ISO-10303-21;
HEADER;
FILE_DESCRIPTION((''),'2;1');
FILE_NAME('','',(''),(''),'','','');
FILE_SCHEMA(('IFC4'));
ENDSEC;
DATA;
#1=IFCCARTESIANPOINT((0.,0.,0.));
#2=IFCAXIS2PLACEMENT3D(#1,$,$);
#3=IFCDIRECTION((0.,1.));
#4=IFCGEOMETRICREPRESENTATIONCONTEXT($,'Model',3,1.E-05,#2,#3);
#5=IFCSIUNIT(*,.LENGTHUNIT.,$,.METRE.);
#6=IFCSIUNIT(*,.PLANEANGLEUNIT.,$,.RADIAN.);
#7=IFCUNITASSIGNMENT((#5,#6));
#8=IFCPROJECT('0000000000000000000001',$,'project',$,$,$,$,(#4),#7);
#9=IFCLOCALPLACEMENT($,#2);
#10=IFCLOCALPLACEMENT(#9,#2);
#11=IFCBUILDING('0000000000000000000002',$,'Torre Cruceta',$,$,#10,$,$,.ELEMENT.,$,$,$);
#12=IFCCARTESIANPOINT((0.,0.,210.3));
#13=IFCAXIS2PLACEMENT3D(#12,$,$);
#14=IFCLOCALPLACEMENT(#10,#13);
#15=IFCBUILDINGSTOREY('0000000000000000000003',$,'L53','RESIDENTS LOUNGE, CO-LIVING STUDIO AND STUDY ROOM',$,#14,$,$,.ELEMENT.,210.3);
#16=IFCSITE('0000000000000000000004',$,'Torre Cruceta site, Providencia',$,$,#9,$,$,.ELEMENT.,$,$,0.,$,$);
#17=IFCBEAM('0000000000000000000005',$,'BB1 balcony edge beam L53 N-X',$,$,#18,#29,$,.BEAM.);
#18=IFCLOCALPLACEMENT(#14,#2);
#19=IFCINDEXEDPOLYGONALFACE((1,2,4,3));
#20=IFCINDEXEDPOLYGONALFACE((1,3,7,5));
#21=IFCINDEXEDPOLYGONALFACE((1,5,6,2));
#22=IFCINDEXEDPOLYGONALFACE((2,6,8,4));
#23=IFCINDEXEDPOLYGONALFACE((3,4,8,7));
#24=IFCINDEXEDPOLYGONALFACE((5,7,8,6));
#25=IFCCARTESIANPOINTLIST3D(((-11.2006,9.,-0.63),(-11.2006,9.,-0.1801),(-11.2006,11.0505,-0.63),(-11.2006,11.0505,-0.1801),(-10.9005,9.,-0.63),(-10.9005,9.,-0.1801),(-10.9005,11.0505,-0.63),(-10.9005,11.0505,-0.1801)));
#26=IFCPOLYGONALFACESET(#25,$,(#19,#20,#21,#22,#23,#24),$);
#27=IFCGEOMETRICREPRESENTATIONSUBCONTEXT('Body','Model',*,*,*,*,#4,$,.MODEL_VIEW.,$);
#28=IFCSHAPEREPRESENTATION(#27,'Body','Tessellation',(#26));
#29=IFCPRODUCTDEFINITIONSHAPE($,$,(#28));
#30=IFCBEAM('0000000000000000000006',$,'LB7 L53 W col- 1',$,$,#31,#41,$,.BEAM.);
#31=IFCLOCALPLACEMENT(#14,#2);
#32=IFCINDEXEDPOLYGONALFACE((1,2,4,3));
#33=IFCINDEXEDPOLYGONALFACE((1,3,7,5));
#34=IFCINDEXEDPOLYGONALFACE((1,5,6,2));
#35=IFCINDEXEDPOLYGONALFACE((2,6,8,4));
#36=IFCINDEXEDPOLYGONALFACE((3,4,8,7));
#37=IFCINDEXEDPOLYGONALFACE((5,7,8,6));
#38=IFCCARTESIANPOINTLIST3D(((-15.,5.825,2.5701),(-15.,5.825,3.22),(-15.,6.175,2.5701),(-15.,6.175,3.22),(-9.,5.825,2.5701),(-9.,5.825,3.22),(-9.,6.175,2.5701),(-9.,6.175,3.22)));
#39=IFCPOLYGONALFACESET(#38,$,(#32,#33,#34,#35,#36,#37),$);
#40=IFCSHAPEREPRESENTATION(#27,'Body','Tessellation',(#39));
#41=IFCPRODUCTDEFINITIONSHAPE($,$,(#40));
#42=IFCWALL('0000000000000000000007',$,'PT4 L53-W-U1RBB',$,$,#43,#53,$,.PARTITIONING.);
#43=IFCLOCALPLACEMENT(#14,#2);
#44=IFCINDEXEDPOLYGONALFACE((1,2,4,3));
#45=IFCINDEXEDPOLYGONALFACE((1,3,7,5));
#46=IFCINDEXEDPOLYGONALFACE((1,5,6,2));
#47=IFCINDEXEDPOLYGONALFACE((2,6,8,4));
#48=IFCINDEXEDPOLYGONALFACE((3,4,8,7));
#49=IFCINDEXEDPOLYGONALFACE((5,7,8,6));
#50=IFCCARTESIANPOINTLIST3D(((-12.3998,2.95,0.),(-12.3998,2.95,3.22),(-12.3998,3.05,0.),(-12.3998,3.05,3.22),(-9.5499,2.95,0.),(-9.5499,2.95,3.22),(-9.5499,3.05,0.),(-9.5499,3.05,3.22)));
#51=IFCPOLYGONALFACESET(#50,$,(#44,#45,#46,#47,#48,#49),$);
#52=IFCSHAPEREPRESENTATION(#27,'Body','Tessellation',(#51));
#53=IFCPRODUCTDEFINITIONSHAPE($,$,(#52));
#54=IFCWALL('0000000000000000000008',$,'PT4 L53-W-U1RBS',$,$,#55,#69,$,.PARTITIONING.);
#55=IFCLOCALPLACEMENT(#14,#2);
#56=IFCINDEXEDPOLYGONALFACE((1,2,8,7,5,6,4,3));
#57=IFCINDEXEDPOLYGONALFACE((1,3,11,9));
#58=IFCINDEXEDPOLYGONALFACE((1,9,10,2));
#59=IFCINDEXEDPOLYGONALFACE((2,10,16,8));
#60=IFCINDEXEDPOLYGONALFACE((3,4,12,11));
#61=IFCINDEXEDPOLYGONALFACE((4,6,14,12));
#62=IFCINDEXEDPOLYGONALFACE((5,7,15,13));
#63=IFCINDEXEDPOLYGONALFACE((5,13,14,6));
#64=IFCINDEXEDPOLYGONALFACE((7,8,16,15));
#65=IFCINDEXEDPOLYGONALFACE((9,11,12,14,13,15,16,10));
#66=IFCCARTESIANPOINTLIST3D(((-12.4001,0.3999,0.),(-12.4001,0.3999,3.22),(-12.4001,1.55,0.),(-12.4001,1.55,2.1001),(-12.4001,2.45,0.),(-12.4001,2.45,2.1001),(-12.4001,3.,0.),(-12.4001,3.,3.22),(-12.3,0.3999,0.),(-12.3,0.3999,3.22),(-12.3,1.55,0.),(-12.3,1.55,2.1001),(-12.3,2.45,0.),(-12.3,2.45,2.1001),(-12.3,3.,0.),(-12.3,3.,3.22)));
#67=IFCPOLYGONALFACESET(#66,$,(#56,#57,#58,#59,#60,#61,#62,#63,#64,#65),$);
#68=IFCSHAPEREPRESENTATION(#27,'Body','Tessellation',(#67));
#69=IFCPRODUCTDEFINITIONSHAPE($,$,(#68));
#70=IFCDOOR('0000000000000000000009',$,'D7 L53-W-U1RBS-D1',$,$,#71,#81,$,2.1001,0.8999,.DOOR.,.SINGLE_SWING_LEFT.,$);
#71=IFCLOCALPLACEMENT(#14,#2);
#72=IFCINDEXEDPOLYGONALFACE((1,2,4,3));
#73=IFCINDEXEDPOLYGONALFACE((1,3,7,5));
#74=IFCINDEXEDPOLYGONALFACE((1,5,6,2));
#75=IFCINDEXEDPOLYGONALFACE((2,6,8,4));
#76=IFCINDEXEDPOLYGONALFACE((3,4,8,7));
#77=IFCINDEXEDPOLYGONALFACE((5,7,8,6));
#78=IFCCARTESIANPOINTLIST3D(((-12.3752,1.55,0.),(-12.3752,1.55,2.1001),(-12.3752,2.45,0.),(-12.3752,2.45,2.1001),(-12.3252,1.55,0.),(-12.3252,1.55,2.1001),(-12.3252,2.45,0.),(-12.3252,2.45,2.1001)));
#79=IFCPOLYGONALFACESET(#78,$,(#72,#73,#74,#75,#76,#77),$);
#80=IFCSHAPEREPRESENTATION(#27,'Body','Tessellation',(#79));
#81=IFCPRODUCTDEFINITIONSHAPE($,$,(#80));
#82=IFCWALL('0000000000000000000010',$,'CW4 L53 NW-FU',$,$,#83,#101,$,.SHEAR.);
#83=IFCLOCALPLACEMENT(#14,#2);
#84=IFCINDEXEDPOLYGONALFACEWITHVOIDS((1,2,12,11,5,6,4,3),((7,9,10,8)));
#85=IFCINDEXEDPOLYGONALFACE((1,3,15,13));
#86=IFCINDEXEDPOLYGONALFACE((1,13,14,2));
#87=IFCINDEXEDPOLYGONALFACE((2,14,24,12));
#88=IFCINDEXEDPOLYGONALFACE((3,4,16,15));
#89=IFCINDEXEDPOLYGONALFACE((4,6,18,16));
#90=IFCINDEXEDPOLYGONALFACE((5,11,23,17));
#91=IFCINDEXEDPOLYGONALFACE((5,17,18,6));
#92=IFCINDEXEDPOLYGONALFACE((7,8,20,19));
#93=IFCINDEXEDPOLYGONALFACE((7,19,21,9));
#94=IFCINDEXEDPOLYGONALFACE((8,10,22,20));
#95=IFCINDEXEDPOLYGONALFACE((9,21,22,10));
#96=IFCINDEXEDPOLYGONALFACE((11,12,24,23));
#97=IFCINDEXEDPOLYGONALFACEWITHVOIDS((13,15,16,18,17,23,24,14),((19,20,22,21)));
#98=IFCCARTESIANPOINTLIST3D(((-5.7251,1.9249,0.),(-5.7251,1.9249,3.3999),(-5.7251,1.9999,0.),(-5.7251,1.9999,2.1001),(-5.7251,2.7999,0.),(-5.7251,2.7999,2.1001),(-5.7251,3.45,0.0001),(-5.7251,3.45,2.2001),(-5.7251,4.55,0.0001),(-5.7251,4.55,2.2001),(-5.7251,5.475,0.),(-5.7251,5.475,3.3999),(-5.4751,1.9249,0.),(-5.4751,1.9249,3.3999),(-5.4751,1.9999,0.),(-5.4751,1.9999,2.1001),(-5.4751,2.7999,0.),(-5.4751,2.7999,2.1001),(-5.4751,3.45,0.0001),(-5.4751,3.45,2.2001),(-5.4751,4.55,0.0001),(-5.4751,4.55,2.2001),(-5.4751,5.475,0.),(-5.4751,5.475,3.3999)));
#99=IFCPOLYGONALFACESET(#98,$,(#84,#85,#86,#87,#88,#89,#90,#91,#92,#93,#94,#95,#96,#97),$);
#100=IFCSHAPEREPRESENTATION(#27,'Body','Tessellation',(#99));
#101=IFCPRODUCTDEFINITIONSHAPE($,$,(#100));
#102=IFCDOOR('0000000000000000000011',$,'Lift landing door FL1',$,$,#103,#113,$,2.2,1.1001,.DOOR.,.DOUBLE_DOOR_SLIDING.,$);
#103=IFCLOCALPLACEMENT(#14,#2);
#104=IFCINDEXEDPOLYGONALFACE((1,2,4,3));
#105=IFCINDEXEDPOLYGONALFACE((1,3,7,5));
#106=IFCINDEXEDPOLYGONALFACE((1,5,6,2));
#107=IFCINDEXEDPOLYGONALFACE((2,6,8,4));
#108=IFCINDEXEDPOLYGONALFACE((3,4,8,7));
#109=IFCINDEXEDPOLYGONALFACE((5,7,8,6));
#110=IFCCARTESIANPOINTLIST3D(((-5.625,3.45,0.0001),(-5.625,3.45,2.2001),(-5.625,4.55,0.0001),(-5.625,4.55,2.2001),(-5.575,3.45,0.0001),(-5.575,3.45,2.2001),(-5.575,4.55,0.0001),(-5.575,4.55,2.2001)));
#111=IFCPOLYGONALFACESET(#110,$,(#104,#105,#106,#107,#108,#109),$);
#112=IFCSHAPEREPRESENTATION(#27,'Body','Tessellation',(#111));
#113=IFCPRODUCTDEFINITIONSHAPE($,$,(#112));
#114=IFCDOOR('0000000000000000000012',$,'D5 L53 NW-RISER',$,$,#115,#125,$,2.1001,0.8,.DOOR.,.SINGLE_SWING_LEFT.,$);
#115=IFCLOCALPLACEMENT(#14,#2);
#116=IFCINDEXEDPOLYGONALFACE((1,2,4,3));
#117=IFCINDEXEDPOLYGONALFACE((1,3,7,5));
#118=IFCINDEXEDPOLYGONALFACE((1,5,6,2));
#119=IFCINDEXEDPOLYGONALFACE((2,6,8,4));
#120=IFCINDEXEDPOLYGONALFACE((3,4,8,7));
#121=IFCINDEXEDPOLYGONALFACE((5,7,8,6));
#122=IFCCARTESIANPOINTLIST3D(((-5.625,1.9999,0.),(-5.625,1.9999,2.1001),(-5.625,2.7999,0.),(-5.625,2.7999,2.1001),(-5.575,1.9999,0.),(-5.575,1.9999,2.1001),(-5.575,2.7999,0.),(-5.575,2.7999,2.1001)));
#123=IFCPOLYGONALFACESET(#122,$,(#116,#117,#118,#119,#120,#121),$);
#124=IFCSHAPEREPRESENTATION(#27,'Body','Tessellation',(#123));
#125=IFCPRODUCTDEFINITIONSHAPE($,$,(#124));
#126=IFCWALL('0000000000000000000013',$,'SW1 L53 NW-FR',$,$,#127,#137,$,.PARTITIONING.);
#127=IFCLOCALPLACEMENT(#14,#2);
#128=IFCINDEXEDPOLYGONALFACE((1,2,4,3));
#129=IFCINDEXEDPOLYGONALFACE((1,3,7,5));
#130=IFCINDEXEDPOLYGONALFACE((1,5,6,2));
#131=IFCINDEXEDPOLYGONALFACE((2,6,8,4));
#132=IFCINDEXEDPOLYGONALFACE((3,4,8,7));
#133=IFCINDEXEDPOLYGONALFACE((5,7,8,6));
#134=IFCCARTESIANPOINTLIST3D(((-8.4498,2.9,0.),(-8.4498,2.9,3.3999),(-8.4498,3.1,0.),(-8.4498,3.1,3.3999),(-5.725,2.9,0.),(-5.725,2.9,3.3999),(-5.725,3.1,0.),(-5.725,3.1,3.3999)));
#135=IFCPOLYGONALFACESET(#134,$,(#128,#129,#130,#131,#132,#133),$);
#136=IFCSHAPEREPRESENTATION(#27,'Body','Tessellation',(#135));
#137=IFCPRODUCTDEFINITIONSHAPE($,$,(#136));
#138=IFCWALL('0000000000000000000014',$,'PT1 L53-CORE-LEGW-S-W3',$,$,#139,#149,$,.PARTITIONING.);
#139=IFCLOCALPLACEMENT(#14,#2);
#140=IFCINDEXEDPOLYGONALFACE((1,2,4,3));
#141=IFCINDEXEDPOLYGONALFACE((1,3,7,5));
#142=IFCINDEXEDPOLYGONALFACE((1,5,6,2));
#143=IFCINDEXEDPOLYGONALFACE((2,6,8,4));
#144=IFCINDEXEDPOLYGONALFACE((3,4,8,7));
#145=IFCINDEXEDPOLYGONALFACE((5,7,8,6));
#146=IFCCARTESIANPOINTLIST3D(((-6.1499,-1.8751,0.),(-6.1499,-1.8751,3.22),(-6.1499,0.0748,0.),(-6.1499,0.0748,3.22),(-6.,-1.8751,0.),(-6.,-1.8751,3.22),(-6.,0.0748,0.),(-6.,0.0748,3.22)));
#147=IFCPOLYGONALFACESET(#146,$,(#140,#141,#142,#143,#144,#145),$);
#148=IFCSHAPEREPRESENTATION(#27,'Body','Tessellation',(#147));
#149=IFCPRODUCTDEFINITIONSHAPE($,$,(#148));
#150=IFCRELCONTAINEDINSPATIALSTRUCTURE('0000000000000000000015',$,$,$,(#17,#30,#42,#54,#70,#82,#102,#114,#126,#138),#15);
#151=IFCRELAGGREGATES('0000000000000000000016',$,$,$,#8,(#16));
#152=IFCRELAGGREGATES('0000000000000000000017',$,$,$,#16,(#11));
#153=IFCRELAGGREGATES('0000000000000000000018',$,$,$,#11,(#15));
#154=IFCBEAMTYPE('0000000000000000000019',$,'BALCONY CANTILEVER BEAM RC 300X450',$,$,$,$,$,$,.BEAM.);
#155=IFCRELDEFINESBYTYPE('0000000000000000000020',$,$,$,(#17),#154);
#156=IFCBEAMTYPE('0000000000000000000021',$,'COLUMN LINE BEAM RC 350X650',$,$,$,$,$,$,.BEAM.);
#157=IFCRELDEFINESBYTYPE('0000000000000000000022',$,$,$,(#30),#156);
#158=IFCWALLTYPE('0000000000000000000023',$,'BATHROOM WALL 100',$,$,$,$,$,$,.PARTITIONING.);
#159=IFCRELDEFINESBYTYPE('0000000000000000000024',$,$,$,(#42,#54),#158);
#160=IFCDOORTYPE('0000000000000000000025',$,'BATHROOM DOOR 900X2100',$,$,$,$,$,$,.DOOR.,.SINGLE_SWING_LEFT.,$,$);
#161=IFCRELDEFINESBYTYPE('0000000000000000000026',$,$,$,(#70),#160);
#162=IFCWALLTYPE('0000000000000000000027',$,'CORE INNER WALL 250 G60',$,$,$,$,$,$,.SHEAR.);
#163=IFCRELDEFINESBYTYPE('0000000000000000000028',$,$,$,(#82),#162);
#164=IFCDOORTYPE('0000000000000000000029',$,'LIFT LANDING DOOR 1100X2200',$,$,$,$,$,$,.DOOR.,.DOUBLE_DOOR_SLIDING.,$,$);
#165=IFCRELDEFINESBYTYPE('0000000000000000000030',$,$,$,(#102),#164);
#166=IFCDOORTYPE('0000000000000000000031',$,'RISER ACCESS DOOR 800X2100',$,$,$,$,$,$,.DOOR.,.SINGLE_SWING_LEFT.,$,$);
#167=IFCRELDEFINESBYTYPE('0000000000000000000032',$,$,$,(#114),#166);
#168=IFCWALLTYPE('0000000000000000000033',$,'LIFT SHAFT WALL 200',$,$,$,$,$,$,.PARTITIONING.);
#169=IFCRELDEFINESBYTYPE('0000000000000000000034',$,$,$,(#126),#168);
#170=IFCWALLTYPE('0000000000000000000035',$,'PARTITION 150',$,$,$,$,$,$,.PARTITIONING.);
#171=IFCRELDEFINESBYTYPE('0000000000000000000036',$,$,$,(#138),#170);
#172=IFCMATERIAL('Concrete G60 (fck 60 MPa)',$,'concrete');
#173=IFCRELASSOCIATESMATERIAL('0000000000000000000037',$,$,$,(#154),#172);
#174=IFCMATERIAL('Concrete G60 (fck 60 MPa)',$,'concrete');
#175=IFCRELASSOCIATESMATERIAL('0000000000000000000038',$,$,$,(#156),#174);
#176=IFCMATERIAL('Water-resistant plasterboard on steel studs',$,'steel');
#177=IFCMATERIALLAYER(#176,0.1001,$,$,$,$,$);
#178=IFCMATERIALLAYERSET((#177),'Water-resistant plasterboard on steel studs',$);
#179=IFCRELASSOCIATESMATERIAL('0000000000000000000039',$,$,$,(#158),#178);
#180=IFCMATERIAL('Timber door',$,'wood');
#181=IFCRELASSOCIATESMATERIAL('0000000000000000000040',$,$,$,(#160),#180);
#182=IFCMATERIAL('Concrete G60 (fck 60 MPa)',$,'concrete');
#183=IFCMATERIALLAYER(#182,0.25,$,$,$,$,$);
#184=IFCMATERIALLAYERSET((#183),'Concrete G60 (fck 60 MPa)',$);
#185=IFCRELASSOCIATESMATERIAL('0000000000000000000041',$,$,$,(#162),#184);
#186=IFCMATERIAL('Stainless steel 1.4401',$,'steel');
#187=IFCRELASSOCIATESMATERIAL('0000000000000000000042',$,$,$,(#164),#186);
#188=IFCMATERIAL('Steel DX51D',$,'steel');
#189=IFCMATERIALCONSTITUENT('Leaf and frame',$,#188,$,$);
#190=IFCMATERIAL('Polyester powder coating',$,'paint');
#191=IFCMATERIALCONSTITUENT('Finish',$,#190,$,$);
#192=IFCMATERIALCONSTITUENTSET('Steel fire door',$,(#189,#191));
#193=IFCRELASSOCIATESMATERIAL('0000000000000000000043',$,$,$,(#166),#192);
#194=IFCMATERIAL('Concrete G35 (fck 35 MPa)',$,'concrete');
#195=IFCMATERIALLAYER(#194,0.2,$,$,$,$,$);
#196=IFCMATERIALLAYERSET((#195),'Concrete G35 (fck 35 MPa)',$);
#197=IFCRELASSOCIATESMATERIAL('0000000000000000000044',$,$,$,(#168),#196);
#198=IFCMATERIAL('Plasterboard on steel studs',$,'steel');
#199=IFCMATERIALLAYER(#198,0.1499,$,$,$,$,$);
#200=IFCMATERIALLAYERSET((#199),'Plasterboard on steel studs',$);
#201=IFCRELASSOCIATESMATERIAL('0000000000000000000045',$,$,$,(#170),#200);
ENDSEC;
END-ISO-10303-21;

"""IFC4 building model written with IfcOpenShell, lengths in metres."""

from ifc_helpers import new_model, si_unit, direction, frame, frame_2d, origin, origin_2d, place, context, subcontext, project, spatial, rectangle, extrude, material, layer, layer_set, constituent, constituent_set, material_profile, profile_set, type_object, element, fill, save


model = new_model("IFC4")

# Units and contexts
model_context = context("Model", 3, precision=1e-05, world=origin(), true_north=direction((0.0, 1.0)))
body_context = subcontext(model_context, "Body", "Model", "MODEL_VIEW")
ifc_project = project(units=[si_unit("LENGTHUNIT", "METRE"), si_unit("PLANEANGLEUNIT", "RADIAN")], contexts=[model_context])

# Site, building, storey
site_placement = place(None, origin())
site = spatial("IfcSite", under=ifc_project, at=site_placement, Name="Torre Cruceta site, Providencia", CompositionType="ELEMENT", RefElevation=0.0)
building_placement = place(site_placement, origin())
building = spatial("IfcBuilding", under=site, at=building_placement, Name="Torre Cruceta", CompositionType="ELEMENT")
storey_placement = place(building_placement, frame((0.0, 0.0, 210.3)))
storey = spatial("IfcBuildingStorey", under=building, at=storey_placement, Name="L53", Description="RESIDENTS LOUNGE, CO-LIVING STUDIO AND STUDY ROOM", CompositionType="ELEMENT", Elevation=210.3)

# Beams
ifc_material_1 = material(Name="Concrete G60 (fck 60 MPa)", Category="concrete")
ifc_material_profile_1 = material_profile(ifc_material_1, rectangle(XDim=0.3, YDim=0.45, at=origin_2d()), Name="RC 300X450")
ifc_profile_set_1 = profile_set([ifc_material_profile_1], Name="Concrete G60 (fck 60 MPa)")
beam_type_1 = type_object("IfcBeamType", Name="BALCONY CANTILEVER BEAM RC 300X450", PredefinedType="BEAM", material=ifc_profile_set_1)
beam_1_placement = place(storey_placement, frame((-11.0505, 9.0, -0.405), z_axis=(0.0, 1.0, 0.0), x_axis=(-1.0, 0.0, 0.0)))
element("IfcBeam", 1, at=beam_1_placement, inside=storey, type_object=beam_type_1, Name="BB1 balcony edge beam L53 N-X", PredefinedType="BEAM", context=body_context, shape_type="SweptSolid", body=[
    extrude(rectangle(XDim=0.3, YDim=0.45, at=origin_2d()), origin(), (0.0, 0.0, 1.0), 2.0505),
])
ifc_material_2 = material(Name="Concrete G60 (fck 60 MPa)", Category="concrete")
ifc_material_profile_2 = material_profile(ifc_material_2, rectangle(XDim=0.3501, YDim=0.6499, at=origin_2d()), Name="RC 350X650")
ifc_profile_set_2 = profile_set([ifc_material_profile_2], Name="Concrete G60 (fck 60 MPa)")
beam_type_2 = type_object("IfcBeamType", Name="COLUMN LINE BEAM RC 350X650", PredefinedType="BEAM", material=ifc_profile_set_2)
beam_2_placement = place(storey_placement, frame((-9.0, 6.0, 2.895), z_axis=(-1.0, 0.0, 0.0), x_axis=(0.0, -1.0, 0.0)))
element("IfcBeam", 2, at=beam_2_placement, inside=storey, type_object=beam_type_2, Name="LB7 L53 W col- 1", PredefinedType="BEAM", context=body_context, shape_type="SweptSolid", body=[
    extrude(rectangle(XDim=0.3501, YDim=0.6499, at=origin_2d()), origin(), (0.0, 0.0, 1.0), 6.0),
])

# Wall
ifc_material_3 = material(Name="Water-resistant plasterboard on steel studs", Category="steel")
ifc_layer_1 = layer(ifc_material_3, 0.1001)
ifc_layer_set_1 = layer_set([ifc_layer_1], Name="Water-resistant plasterboard on steel studs")
wall_type_1 = type_object("IfcWallType", Name="BATHROOM WALL 100", PredefinedType="PARTITIONING", material=ifc_layer_set_1)
wall_1_placement = place(storey_placement, frame((-9.55, 3.0, 0.0), z_axis=(0.0, 0.0, 1.0), x_axis=(-1.0, 0.0, 0.0)))
element("IfcWall", 3, at=wall_1_placement, inside=storey, type_object=wall_type_1, Name="PT4 L53-W-U1RBB", PredefinedType="PARTITIONING", context=body_context, shape_type="SweptSolid", body=[
    extrude(rectangle(XDim=2.8499, YDim=0.1001, at=frame_2d((1.4248, 0.0))), origin(), (0.0, 0.0, 1.0), 3.22),
])

# Wall, opening, door
wall_2_placement = place(storey_placement, frame((-12.3501, 3.0, 0.0), z_axis=(0.0, 0.0, 1.0), x_axis=(0.0, -1.0, 0.0)))
wall_2 = element("IfcWall", 4, at=wall_2_placement, inside=storey, type_object=wall_type_1, Name="PT4 L53-W-U1RBS", PredefinedType="PARTITIONING", context=body_context, shape_type="SweptSolid", body=[
    extrude(rectangle(XDim=2.6001, YDim=0.1001, at=frame_2d((1.3, 0.0))), origin(), (0.0, 0.0, 1.0), 3.22),
])
opening_1_placement = place(wall_2_placement, frame((0.55, 0.0, 0.0)))
opening_1 = element("IfcOpeningElement", 5, at=opening_1_placement, cuts=wall_2, PredefinedType="OPENING", context=body_context, shape_type="SweptSolid", body=[
    extrude(rectangle(XDim=0.8999, YDim=2.1001, at=frame_2d((0.45, 1.05))), frame((0.0, 0.0601, 0.0), z_axis=(0.0, -1.0, 0.0), x_axis=(1.0, 0.0, 0.0)), (0.0, 0.0, 1.0), 0.1201),
])
ifc_material_4 = material(Name="Timber door", Category="wood")
door_type_1 = type_object("IfcDoorType", Name="BATHROOM DOOR 900X2100", OperationType="SINGLE_SWING_LEFT", PredefinedType="DOOR", material=ifc_material_4)
door_1_placement = place(opening_1_placement, origin())
door_1 = element("IfcDoor", 6, at=door_1_placement, inside=storey, type_object=door_type_1, Name="D7 L53-W-U1RBS-D1", OperationType="SINGLE_SWING_LEFT", OverallHeight=2.1001, OverallWidth=0.8999, PredefinedType="DOOR", context=body_context, shape_type="SweptSolid", body=[
    extrude(rectangle(XDim=0.8999, YDim=2.1001, at=frame_2d((0.45, 1.05))), frame((0.0, 0.0249, 0.0), z_axis=(0.0, -1.0, 0.0), x_axis=(1.0, 0.0, 0.0)), (0.0, 0.0, 1.0), 0.05),
])
fill(opening_1, door_1)

# Wall, openings, doors
ifc_material_5 = material(Name="Concrete G60 (fck 60 MPa)", Category="concrete")
ifc_layer_2 = layer(ifc_material_5, 0.25)
ifc_layer_set_2 = layer_set([ifc_layer_2], Name="Concrete G60 (fck 60 MPa)")
wall_type_2 = type_object("IfcWallType", Name="CORE INNER WALL 250 G60", PredefinedType="SHEAR", material=ifc_layer_set_2)
wall_3_placement = place(storey_placement, frame((-5.6001, 1.925, 0.0), z_axis=(0.0, 0.0, 1.0), x_axis=(0.0, 1.0, 0.0)))
wall_3 = element("IfcWall", 7, at=wall_3_placement, inside=storey, type_object=wall_type_2, Name="CW4 L53 NW-FU", PredefinedType="SHEAR", context=body_context, shape_type="SweptSolid", body=[
    extrude(rectangle(XDim=3.55, YDim=0.25, at=frame_2d((1.7749, 0.0))), origin(), (0.0, 0.0, 1.0), 3.3999),
])
opening_2_placement = place(wall_3_placement, frame((1.5249, 0.0, 0.0)))
opening_2 = element("IfcOpeningElement", 8, at=opening_2_placement, cuts=wall_3, PredefinedType="OPENING", context=body_context, shape_type="SweptSolid", body=[
    extrude(rectangle(XDim=1.1001, YDim=2.2, at=frame_2d((0.55, 1.1001))), frame((0.0, 0.135, 0.0), z_axis=(0.0, -1.0, 0.0), x_axis=(1.0, 0.0, 0.0)), (0.0, 0.0, 1.0), 0.27),
])
opening_3_placement = place(wall_3_placement, frame((0.075, 0.0, 0.0)))
opening_3 = element("IfcOpeningElement", 9, at=opening_3_placement, cuts=wall_3, PredefinedType="OPENING", context=body_context, shape_type="SweptSolid", body=[
    extrude(rectangle(XDim=0.8, YDim=2.1001, at=frame_2d((0.3999, 1.05))), frame((0.0, 0.135, 0.0), z_axis=(0.0, -1.0, 0.0), x_axis=(1.0, 0.0, 0.0)), (0.0, 0.0, 1.0), 0.27),
])
ifc_material_6 = material(Name="Stainless steel 1.4401", Category="steel")
door_type_2 = type_object("IfcDoorType", Name="LIFT LANDING DOOR 1100X2200", OperationType="DOUBLE_DOOR_SLIDING", PredefinedType="DOOR", material=ifc_material_6)
door_2_placement = place(opening_2_placement, origin())
door_2 = element("IfcDoor", 10, at=door_2_placement, inside=storey, type_object=door_type_2, Name="Lift landing door FL1", OperationType="DOUBLE_DOOR_SLIDING", OverallHeight=2.2, OverallWidth=1.1001, PredefinedType="DOOR", context=body_context, shape_type="SweptSolid", body=[
    extrude(rectangle(XDim=1.1001, YDim=2.2, at=frame_2d((0.55, 1.1001))), frame((0.0, 0.0249, 0.0), z_axis=(0.0, -1.0, 0.0), x_axis=(1.0, 0.0, 0.0)), (0.0, 0.0, 1.0), 0.05),
])
fill(opening_2, door_2)
ifc_material_7 = material(Name="Steel DX51D", Category="steel")
ifc_constituent_1 = constituent(ifc_material_7, Name="Leaf and frame")
ifc_material_8 = material(Name="Polyester powder coating", Category="paint")
ifc_constituent_2 = constituent(ifc_material_8, Name="Finish")
ifc_constituent_set_1 = constituent_set(constituents=[ifc_constituent_1, ifc_constituent_2], Name="Steel fire door")
door_type_3 = type_object("IfcDoorType", Name="RISER ACCESS DOOR 800X2100", OperationType="SINGLE_SWING_LEFT", PredefinedType="DOOR", material=ifc_constituent_set_1)
door_3_placement = place(opening_3_placement, origin())
door_3 = element("IfcDoor", 11, at=door_3_placement, inside=storey, type_object=door_type_3, Name="D5 L53 NW-RISER", OperationType="SINGLE_SWING_LEFT", OverallHeight=2.1001, OverallWidth=0.8, PredefinedType="DOOR", context=body_context, shape_type="SweptSolid", body=[
    extrude(rectangle(XDim=0.8, YDim=2.1001, at=frame_2d((0.3999, 1.05))), frame((0.0, 0.0249, 0.0), z_axis=(0.0, -1.0, 0.0), x_axis=(1.0, 0.0, 0.0)), (0.0, 0.0, 1.0), 0.05),
])
fill(opening_3, door_3)

# Walls
ifc_material_9 = material(Name="Concrete G35 (fck 35 MPa)", Category="concrete")
ifc_layer_3 = layer(ifc_material_9, 0.2)
ifc_layer_set_3 = layer_set([ifc_layer_3], Name="Concrete G35 (fck 35 MPa)")
wall_type_3 = type_object("IfcWallType", Name="LIFT SHAFT WALL 200", PredefinedType="PARTITIONING", material=ifc_layer_set_3)
wall_4_placement = place(storey_placement, frame((-5.7251, 3.0, 0.0), z_axis=(0.0, 0.0, 1.0), x_axis=(-1.0, 0.0, 0.0)))
element("IfcWall", 12, at=wall_4_placement, inside=storey, type_object=wall_type_3, Name="SW1 L53 NW-FR", PredefinedType="PARTITIONING", context=body_context, shape_type="SweptSolid", body=[
    extrude(rectangle(XDim=2.7249, YDim=0.2, at=frame_2d((1.3623, 0.0))), origin(), (0.0, 0.0, 1.0), 3.3999),
])
ifc_material_10 = material(Name="Plasterboard on steel studs", Category="steel")
ifc_layer_4 = layer(ifc_material_10, 0.1499)
ifc_layer_set_4 = layer_set([ifc_layer_4], Name="Plasterboard on steel studs")
wall_type_4 = type_object("IfcWallType", Name="PARTITION 150", PredefinedType="PARTITIONING", material=ifc_layer_set_4)
wall_5_placement = place(storey_placement, frame((-6.075, 0.075, 0.0), z_axis=(0.0, 0.0, 1.0), x_axis=(0.0, -1.0, 0.0)))
element("IfcWall", 13, at=wall_5_placement, inside=storey, type_object=wall_type_4, Name="PT1 L53-CORE-LEGW-S-W3", PredefinedType="PARTITIONING", context=body_context, shape_type="SweptSolid", body=[
    extrude(rectangle(XDim=1.95, YDim=0.1499, at=frame_2d((0.9751, 0.0))), origin(), (0.0, 0.0, 1.0), 3.22),
])

save(model, "model.ifc")
